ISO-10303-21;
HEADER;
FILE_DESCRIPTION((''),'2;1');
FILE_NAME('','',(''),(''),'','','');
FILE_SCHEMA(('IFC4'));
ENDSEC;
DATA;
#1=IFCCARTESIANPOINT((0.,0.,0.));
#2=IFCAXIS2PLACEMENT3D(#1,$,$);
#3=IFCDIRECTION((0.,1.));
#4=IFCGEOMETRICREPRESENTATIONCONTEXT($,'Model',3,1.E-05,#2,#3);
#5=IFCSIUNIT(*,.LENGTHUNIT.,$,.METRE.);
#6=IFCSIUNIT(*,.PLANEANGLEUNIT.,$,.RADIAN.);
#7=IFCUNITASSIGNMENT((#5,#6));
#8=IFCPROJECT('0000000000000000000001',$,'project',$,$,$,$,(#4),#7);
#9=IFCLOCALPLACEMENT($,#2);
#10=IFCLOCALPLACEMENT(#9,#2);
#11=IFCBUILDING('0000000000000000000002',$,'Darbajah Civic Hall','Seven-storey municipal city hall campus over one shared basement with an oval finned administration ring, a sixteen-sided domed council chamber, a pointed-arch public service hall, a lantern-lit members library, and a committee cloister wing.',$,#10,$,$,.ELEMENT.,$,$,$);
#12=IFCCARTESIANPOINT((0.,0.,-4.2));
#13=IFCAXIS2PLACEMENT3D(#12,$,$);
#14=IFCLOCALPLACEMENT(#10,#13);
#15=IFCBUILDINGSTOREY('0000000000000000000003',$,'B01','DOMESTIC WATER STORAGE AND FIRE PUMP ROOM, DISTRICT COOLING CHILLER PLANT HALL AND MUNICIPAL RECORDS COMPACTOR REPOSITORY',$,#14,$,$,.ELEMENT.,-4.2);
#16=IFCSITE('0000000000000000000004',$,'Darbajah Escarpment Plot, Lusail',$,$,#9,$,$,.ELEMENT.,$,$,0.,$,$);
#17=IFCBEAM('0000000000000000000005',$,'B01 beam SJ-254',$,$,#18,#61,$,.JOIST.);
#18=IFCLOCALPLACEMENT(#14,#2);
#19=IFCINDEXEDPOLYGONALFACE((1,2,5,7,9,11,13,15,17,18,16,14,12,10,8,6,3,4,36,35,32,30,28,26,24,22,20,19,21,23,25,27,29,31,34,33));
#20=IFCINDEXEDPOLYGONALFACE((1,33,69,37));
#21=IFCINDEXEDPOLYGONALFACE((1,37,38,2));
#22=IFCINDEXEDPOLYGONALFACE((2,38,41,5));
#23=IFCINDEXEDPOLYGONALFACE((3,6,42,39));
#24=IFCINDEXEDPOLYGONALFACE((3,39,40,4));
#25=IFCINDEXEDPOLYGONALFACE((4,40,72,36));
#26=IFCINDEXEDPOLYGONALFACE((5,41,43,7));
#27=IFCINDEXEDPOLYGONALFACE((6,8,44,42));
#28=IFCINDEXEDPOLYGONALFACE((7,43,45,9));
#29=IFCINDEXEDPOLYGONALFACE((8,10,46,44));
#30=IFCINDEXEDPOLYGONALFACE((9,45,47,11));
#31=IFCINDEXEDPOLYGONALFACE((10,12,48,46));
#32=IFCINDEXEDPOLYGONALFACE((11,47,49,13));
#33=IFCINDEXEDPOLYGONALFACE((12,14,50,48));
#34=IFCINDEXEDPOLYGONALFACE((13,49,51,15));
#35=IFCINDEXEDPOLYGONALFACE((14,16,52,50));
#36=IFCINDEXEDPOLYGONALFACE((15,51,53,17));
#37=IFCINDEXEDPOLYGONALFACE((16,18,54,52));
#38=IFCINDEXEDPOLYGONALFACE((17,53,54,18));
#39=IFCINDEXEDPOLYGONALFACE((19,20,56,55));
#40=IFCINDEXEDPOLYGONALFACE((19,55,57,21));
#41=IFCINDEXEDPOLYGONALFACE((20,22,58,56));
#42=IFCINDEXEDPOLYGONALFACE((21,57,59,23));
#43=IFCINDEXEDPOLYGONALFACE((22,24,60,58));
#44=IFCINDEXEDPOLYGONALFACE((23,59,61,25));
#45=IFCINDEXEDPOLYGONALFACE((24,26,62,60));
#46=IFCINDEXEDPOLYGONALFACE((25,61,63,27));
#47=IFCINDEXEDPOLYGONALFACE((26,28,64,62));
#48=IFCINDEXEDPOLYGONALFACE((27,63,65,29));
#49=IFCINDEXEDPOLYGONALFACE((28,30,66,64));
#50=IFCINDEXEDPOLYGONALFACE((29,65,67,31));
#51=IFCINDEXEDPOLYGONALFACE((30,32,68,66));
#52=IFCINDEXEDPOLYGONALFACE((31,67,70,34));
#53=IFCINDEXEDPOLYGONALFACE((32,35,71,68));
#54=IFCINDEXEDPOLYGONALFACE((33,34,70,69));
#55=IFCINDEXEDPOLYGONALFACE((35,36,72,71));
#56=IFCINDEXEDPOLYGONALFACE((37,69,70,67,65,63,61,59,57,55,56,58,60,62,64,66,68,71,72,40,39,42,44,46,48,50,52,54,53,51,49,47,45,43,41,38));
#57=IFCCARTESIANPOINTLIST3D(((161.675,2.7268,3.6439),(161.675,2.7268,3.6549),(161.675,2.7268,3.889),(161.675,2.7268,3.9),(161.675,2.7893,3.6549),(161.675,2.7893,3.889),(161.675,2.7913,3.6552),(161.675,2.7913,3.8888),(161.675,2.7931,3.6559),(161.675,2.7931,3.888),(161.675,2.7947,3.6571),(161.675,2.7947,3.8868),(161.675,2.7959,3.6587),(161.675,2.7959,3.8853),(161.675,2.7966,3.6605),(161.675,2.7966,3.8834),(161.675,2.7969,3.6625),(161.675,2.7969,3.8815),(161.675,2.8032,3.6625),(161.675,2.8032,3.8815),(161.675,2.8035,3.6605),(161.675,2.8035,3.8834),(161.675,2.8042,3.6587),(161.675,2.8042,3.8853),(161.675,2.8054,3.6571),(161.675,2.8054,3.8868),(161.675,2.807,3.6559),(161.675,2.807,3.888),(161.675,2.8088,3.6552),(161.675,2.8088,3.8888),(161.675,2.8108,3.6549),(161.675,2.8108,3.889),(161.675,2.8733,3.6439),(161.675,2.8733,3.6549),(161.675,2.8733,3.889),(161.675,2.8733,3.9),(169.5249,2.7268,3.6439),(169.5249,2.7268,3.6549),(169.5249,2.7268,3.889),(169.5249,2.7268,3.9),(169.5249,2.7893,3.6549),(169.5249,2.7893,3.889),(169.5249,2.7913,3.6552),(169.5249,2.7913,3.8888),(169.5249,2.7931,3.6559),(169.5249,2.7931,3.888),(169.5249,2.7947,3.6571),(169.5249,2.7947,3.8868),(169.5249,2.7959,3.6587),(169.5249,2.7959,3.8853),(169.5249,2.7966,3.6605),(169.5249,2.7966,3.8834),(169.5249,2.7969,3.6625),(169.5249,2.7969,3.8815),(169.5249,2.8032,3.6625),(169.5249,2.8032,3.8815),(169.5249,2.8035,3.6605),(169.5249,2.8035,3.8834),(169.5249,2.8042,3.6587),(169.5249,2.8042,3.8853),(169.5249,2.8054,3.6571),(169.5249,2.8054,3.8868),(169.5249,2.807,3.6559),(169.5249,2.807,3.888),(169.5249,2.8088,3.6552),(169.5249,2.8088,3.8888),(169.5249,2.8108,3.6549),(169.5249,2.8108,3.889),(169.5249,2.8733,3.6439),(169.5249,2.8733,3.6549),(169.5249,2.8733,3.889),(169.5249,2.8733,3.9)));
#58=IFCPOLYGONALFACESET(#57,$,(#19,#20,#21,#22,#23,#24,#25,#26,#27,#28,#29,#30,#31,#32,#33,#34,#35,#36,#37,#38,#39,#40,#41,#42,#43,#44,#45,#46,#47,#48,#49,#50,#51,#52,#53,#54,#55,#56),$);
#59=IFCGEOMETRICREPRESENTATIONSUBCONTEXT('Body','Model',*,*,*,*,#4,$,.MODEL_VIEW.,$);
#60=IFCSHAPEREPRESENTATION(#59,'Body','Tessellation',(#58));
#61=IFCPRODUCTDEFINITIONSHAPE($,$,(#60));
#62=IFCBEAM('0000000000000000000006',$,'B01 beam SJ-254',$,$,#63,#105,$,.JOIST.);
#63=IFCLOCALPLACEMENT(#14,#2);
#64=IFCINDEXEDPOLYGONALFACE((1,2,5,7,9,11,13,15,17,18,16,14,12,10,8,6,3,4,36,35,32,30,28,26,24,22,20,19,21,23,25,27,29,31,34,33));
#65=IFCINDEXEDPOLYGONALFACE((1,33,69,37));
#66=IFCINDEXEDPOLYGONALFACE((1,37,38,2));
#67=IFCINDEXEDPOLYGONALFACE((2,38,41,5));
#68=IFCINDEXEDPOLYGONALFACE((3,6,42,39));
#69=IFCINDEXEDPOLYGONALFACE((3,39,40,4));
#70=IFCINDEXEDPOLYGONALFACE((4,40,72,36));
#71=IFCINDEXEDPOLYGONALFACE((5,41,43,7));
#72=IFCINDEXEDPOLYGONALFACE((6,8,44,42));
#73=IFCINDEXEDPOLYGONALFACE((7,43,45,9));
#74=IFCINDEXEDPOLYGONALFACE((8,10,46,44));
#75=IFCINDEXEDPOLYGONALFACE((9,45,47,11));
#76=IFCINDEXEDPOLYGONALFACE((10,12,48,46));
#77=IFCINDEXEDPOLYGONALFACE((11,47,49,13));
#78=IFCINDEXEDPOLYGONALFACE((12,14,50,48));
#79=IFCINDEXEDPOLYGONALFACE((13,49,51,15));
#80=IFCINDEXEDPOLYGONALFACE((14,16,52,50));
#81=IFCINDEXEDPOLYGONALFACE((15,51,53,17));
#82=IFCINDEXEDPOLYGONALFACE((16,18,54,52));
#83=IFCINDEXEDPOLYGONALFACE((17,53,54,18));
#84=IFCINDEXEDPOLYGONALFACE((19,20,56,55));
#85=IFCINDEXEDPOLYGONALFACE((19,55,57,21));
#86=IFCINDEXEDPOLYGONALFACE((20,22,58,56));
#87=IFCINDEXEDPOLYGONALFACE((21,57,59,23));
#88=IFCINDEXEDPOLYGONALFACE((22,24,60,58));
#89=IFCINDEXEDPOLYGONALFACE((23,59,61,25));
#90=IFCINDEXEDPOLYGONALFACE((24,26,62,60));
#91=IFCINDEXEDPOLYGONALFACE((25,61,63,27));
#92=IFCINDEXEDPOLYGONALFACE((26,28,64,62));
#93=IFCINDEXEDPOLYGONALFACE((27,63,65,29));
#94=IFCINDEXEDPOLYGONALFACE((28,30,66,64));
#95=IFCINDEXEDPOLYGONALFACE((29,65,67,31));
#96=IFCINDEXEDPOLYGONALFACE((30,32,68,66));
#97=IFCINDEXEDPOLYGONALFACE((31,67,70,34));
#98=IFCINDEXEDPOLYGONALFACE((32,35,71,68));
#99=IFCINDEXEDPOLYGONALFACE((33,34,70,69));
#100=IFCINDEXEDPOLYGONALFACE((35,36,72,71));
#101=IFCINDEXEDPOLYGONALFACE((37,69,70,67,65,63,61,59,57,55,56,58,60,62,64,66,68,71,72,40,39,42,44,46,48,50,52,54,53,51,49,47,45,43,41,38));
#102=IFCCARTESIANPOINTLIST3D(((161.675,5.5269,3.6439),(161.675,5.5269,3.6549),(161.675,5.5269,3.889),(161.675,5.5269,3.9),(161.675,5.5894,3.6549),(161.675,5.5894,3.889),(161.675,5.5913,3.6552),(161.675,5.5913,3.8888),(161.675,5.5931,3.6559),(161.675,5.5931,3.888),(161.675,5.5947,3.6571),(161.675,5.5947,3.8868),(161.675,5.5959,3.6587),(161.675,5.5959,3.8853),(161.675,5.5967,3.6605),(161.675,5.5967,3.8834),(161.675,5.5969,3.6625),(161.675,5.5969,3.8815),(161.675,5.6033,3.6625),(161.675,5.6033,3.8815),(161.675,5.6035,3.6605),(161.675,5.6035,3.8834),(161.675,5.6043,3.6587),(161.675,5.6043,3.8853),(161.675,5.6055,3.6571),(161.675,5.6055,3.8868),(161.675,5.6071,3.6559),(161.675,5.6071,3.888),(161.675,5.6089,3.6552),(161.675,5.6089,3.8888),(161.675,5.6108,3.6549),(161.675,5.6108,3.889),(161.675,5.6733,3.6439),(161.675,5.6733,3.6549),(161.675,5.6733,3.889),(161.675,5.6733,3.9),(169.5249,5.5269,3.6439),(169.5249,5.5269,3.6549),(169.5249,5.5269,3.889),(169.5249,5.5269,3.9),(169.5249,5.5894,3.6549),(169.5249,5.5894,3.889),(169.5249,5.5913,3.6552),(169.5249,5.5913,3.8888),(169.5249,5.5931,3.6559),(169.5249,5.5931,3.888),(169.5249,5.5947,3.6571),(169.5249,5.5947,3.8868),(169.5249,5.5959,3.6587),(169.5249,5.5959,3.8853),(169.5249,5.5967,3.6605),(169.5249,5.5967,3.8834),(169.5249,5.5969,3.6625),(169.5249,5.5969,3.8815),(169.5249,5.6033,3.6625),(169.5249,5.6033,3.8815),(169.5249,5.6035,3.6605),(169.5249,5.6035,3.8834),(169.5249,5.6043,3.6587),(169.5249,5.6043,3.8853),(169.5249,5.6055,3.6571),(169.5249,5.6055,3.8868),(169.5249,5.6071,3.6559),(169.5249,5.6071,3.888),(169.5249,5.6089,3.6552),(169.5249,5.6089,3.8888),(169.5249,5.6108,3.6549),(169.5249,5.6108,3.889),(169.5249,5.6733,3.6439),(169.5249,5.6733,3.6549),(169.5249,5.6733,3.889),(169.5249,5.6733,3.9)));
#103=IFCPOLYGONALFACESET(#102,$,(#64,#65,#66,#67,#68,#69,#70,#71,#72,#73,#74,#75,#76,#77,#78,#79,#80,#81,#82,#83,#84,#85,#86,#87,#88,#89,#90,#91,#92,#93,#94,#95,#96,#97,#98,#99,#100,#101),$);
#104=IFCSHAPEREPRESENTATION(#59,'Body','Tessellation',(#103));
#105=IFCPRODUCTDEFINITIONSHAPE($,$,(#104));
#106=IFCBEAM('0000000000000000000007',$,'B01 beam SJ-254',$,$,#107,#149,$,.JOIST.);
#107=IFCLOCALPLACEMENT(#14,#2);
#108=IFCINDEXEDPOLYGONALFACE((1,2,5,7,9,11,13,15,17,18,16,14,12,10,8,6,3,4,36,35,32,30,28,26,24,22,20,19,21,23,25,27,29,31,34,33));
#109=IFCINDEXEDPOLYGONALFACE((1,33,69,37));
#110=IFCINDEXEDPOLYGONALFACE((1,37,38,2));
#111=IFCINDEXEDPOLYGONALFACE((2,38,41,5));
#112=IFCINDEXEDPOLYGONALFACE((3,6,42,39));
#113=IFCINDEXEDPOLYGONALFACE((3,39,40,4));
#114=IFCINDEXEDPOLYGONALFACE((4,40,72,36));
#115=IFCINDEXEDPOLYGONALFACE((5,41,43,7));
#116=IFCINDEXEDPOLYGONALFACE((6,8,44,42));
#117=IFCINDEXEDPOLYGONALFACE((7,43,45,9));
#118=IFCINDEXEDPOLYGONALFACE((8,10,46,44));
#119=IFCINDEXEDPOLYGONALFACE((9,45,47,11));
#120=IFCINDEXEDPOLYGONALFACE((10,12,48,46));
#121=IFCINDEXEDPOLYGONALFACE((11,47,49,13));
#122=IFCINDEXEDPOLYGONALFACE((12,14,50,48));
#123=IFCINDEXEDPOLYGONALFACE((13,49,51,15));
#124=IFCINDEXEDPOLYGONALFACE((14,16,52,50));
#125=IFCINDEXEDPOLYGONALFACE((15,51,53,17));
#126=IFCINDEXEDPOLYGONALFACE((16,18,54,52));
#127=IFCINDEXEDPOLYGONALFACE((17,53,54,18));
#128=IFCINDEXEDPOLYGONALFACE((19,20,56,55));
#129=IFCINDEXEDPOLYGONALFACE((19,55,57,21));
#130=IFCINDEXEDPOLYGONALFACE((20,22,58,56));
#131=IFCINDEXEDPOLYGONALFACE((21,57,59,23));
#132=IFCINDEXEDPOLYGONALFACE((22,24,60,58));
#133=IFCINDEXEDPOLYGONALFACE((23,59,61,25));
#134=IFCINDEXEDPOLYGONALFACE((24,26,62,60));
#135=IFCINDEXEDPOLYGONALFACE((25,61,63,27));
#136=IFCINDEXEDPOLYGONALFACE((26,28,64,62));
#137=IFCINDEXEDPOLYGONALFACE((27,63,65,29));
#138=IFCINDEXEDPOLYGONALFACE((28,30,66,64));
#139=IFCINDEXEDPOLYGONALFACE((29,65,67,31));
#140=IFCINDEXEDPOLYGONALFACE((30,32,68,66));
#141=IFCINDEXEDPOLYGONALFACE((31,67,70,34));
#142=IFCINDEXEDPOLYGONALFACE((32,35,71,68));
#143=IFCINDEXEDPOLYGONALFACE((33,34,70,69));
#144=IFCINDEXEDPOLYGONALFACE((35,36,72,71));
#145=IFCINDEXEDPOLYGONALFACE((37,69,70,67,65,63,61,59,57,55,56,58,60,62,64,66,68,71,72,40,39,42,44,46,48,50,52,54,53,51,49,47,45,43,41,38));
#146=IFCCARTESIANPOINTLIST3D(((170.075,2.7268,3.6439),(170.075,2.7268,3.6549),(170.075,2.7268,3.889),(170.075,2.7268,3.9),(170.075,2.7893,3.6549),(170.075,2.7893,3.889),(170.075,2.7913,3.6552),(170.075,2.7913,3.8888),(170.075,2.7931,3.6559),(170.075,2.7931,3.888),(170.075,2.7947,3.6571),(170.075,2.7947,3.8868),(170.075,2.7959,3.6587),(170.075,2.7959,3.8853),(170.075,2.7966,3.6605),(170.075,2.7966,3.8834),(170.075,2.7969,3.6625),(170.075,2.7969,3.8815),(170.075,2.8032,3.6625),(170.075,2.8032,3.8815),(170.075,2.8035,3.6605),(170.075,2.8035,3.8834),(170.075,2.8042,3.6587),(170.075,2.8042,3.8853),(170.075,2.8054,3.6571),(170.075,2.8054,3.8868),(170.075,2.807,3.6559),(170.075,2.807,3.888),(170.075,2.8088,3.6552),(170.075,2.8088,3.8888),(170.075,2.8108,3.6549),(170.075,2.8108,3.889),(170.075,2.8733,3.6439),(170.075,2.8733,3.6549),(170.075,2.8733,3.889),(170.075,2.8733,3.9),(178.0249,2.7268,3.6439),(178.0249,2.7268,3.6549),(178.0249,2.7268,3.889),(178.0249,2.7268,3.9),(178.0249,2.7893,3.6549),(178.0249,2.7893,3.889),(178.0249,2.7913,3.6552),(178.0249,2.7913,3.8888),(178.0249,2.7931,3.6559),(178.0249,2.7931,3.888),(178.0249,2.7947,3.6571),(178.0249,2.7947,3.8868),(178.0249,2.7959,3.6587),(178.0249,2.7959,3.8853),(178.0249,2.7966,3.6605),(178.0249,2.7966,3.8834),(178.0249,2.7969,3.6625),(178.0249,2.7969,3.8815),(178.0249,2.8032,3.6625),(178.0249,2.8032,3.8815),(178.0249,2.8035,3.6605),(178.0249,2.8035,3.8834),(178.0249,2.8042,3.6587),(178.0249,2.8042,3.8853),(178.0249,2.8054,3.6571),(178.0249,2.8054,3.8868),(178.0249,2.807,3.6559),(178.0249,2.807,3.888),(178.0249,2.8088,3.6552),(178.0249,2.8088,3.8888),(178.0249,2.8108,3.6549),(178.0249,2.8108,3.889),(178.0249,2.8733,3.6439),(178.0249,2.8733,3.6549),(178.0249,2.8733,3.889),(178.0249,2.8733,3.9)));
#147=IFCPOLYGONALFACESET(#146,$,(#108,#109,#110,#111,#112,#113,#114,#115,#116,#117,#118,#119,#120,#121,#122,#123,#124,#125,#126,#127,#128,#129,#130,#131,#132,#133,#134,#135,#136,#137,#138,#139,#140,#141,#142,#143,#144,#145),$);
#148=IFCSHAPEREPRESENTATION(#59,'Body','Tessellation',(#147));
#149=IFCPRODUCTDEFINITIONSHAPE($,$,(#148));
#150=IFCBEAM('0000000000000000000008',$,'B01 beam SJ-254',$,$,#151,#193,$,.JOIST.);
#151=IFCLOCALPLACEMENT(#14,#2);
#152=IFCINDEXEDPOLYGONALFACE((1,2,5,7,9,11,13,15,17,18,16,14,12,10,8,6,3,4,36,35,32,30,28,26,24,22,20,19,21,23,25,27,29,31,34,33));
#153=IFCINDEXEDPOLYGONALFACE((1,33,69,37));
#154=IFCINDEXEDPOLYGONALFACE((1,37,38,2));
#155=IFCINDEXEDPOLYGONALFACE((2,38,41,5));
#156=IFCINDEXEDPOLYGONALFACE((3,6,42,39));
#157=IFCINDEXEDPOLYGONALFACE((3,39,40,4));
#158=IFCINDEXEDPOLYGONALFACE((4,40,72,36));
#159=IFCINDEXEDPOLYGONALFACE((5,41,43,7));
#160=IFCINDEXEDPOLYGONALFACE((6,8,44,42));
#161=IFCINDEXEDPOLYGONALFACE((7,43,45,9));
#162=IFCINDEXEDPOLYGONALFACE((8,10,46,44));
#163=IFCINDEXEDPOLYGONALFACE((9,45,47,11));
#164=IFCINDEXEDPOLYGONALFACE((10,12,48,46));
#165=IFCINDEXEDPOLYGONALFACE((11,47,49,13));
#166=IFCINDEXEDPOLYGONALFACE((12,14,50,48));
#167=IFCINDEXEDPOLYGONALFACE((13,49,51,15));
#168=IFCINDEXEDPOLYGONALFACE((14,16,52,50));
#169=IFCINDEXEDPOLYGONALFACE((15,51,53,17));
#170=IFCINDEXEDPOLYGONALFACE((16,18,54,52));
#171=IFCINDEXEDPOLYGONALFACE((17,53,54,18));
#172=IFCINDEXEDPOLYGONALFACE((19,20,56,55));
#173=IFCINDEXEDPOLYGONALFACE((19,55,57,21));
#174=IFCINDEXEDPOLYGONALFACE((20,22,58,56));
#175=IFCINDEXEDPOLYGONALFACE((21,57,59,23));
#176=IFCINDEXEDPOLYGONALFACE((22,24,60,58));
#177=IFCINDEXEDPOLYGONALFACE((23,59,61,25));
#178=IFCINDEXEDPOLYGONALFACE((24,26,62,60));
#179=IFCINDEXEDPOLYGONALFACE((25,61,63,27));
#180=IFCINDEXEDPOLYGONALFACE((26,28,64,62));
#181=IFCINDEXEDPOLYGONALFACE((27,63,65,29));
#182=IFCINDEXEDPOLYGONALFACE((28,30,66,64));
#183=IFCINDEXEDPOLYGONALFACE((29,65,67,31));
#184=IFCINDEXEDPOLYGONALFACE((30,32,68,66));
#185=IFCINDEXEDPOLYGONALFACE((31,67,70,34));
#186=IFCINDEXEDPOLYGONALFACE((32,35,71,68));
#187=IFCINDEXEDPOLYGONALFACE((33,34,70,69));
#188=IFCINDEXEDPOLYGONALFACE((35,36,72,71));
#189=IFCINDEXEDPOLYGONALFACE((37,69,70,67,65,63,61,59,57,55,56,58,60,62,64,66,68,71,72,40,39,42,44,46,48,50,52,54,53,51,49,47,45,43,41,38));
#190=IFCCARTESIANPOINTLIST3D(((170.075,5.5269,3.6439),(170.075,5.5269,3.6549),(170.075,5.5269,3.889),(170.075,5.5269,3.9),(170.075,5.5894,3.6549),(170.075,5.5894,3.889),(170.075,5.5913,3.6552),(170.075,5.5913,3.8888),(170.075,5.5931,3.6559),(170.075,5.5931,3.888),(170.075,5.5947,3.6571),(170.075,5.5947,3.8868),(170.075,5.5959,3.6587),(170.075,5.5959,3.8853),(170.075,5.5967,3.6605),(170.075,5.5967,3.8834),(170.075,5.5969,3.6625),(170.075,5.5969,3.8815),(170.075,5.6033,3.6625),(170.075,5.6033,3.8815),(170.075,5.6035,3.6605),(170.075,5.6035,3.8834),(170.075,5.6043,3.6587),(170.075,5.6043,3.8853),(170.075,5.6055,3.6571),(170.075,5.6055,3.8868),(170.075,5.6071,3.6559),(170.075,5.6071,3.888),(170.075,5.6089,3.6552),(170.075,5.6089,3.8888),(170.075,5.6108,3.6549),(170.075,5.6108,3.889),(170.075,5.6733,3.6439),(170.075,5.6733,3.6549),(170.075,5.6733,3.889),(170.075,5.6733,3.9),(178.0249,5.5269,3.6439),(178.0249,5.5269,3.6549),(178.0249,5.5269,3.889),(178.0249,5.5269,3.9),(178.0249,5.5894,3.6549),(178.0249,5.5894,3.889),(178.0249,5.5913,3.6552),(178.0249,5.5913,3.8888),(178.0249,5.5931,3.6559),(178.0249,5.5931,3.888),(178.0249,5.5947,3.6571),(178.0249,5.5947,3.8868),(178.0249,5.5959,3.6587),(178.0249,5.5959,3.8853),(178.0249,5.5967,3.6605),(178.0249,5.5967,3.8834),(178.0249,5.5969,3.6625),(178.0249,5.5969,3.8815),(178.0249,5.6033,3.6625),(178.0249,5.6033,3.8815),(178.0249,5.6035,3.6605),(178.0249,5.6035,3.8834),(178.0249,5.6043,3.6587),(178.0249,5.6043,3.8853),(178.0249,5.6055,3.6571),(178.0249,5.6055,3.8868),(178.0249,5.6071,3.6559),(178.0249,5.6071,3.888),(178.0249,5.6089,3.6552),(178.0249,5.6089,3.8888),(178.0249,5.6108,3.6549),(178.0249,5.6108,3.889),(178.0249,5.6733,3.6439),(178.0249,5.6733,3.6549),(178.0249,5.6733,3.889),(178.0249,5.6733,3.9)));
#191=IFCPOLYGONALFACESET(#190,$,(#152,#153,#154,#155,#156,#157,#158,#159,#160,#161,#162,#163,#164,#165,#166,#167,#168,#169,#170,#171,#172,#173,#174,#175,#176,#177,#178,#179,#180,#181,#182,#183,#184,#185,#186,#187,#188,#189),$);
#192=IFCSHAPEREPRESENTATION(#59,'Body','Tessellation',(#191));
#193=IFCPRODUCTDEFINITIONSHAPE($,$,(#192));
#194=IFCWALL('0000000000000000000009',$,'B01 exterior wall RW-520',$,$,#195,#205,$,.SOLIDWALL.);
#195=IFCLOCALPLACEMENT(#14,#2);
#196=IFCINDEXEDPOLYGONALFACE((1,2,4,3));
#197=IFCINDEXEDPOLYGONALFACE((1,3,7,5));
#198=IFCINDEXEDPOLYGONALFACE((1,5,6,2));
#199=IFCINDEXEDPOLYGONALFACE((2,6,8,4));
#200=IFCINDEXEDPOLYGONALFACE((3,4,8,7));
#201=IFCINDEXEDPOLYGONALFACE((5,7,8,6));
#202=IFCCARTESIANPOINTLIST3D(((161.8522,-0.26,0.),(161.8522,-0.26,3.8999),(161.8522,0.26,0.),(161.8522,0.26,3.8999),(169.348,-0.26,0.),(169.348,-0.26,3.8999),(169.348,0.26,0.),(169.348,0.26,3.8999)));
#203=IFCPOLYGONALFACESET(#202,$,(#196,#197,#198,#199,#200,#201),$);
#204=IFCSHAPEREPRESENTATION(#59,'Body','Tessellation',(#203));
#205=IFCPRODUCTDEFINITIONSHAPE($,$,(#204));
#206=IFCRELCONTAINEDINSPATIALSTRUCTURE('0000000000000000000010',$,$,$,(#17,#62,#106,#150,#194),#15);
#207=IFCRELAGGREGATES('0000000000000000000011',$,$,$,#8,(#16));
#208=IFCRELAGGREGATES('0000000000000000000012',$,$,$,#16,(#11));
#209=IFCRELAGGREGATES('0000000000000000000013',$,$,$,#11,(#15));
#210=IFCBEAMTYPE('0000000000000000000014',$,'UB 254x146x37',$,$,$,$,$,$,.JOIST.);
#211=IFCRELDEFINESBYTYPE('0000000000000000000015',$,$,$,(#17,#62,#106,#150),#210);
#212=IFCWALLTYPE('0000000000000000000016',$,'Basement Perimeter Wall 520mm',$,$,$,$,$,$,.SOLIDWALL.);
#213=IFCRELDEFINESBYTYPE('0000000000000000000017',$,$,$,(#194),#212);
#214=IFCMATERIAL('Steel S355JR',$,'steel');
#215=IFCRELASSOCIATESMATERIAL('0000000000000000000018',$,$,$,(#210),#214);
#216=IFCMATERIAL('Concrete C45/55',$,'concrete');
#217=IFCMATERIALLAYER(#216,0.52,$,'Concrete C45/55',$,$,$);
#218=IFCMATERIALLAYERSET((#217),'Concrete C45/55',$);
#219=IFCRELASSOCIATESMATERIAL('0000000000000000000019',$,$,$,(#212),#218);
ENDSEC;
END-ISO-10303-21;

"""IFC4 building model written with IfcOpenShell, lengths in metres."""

from ifc_helpers import new_model, si_unit, direction, frame, frame_2d, origin, origin_2d, place, context, subcontext, project, spatial, rectangle, i_section, extrude, material, layer, layer_set, material_profile, profile_set, type_object, element, save


model = new_model("IFC4")

# Units and contexts
model_context = context("Model", 3, precision=1e-05, world=origin(), true_north=direction((0.0, 1.0)))
body_context = subcontext(model_context, "Body", "Model", "MODEL_VIEW")
ifc_project = project(units=[si_unit("LENGTHUNIT", "METRE"), si_unit("PLANEANGLEUNIT", "RADIAN")], contexts=[model_context])

# Site, building, storey
site_placement = place(None, origin())
site = spatial("IfcSite", under=ifc_project, at=site_placement, Name="Darbajah Escarpment Plot, Lusail", CompositionType="ELEMENT", RefElevation=0.0)
building_placement = place(site_placement, origin())
building = spatial("IfcBuilding", under=site, at=building_placement, Name="Darbajah Civic Hall", Description="Seven-storey municipal city hall campus over one shared basement with an oval finned administration ring, a sixteen-sided domed council chamber, a pointed-arch public service hall, a lantern-lit members library, and a committee cloister wing.", CompositionType="ELEMENT")
storey_placement = place(building_placement, frame((0.0, 0.0, -4.2)))
storey = spatial("IfcBuildingStorey", under=building, at=storey_placement, Name="B01", Description="DOMESTIC WATER STORAGE AND FIRE PUMP ROOM, DISTRICT COOLING CHILLER PLANT HALL AND MUNICIPAL RECORDS COMPACTOR REPOSITORY", CompositionType="ELEMENT", Elevation=-4.2)

# Shared definitions
ifc_material_1 = material(Name="Concrete C45/55", Category="concrete")

# Beams
ifc_material_2 = material(Name="Steel S355JR", Category="steel")
ifc_material_profile_1 = material_profile(ifc_material_2, i_section(OverallWidth=0.1465, OverallDepth=0.2561, WebThickness=0.0063, FlangeThickness=0.011, FilletRadius=0.0076, at=origin_2d()), Name="UB 254x146x37")
ifc_profile_set_1 = profile_set([ifc_material_profile_1], Name="Steel S355JR")
beam_type_1 = type_object("IfcBeamType", Name="UB 254x146x37", PredefinedType="JOIST", material=ifc_profile_set_1)
for number, where, z_axis, x_axis, name in (
    (1, (161.675, 2.8, 3.772), (1.0, 0.0, 0.0), (0.0, 1.0, 0.0), "B01 beam SJ-254"),
    (2, (161.675, 5.6001, 3.772), (1.0, 0.0, 0.0), (0.0, 1.0, 0.0), "B01 beam SJ-254"),
):
    element("IfcBeam", number, at=place(storey_placement, frame(where, z_axis=z_axis, x_axis=x_axis)), inside=storey, type_object=beam_type_1, Name=name, PredefinedType="JOIST", context=body_context, shape_type="SweptSolid", body=[
        extrude(i_section(OverallWidth=0.1465, OverallDepth=0.2561, WebThickness=0.0063, FlangeThickness=0.011, FilletRadius=0.0076, at=origin_2d()), origin(), (0.0, 0.0, 1.0), 7.8499),
    ])
for number, where, z_axis, x_axis, name in (
    (3, (170.075, 2.8, 3.772), (1.0, 0.0, 0.0), (0.0, 1.0, 0.0), "B01 beam SJ-254"),
    (4, (170.075, 5.6001, 3.772), (1.0, 0.0, 0.0), (0.0, 1.0, 0.0), "B01 beam SJ-254"),
):
    element("IfcBeam", number, at=place(storey_placement, frame(where, z_axis=z_axis, x_axis=x_axis)), inside=storey, type_object=beam_type_1, Name=name, PredefinedType="JOIST", context=body_context, shape_type="SweptSolid", body=[
        extrude(i_section(OverallWidth=0.1465, OverallDepth=0.2561, WebThickness=0.0063, FlangeThickness=0.011, FilletRadius=0.0076, at=origin_2d()), origin(), (0.0, 0.0, 1.0), 7.95),
    ])

# Wall
ifc_layer = layer(ifc_material_1, 0.52, Name="Concrete C45/55")
ifc_layer_set = layer_set([ifc_layer], Name="Concrete C45/55")
wall_type = type_object("IfcWallType", Name="Basement Perimeter Wall 520mm", PredefinedType="SOLIDWALL", material=ifc_layer_set)
wall_placement = place(storey_placement, frame((161.8521, 0.0, 0.0), z_axis=(0.0, 0.0, 1.0), x_axis=(1.0, 0.0, 0.0)))
element("IfcWall", 5, at=wall_placement, inside=storey, type_object=wall_type, Name="B01 exterior wall RW-520", PredefinedType="SOLIDWALL", context=body_context, shape_type="SweptSolid", body=[
    extrude(rectangle(XDim=7.4958, YDim=0.52, at=frame_2d((3.748, 0.0))), origin(), (0.0, 0.0, 1.0), 3.8999),
])

save(model, "model.ifc")
